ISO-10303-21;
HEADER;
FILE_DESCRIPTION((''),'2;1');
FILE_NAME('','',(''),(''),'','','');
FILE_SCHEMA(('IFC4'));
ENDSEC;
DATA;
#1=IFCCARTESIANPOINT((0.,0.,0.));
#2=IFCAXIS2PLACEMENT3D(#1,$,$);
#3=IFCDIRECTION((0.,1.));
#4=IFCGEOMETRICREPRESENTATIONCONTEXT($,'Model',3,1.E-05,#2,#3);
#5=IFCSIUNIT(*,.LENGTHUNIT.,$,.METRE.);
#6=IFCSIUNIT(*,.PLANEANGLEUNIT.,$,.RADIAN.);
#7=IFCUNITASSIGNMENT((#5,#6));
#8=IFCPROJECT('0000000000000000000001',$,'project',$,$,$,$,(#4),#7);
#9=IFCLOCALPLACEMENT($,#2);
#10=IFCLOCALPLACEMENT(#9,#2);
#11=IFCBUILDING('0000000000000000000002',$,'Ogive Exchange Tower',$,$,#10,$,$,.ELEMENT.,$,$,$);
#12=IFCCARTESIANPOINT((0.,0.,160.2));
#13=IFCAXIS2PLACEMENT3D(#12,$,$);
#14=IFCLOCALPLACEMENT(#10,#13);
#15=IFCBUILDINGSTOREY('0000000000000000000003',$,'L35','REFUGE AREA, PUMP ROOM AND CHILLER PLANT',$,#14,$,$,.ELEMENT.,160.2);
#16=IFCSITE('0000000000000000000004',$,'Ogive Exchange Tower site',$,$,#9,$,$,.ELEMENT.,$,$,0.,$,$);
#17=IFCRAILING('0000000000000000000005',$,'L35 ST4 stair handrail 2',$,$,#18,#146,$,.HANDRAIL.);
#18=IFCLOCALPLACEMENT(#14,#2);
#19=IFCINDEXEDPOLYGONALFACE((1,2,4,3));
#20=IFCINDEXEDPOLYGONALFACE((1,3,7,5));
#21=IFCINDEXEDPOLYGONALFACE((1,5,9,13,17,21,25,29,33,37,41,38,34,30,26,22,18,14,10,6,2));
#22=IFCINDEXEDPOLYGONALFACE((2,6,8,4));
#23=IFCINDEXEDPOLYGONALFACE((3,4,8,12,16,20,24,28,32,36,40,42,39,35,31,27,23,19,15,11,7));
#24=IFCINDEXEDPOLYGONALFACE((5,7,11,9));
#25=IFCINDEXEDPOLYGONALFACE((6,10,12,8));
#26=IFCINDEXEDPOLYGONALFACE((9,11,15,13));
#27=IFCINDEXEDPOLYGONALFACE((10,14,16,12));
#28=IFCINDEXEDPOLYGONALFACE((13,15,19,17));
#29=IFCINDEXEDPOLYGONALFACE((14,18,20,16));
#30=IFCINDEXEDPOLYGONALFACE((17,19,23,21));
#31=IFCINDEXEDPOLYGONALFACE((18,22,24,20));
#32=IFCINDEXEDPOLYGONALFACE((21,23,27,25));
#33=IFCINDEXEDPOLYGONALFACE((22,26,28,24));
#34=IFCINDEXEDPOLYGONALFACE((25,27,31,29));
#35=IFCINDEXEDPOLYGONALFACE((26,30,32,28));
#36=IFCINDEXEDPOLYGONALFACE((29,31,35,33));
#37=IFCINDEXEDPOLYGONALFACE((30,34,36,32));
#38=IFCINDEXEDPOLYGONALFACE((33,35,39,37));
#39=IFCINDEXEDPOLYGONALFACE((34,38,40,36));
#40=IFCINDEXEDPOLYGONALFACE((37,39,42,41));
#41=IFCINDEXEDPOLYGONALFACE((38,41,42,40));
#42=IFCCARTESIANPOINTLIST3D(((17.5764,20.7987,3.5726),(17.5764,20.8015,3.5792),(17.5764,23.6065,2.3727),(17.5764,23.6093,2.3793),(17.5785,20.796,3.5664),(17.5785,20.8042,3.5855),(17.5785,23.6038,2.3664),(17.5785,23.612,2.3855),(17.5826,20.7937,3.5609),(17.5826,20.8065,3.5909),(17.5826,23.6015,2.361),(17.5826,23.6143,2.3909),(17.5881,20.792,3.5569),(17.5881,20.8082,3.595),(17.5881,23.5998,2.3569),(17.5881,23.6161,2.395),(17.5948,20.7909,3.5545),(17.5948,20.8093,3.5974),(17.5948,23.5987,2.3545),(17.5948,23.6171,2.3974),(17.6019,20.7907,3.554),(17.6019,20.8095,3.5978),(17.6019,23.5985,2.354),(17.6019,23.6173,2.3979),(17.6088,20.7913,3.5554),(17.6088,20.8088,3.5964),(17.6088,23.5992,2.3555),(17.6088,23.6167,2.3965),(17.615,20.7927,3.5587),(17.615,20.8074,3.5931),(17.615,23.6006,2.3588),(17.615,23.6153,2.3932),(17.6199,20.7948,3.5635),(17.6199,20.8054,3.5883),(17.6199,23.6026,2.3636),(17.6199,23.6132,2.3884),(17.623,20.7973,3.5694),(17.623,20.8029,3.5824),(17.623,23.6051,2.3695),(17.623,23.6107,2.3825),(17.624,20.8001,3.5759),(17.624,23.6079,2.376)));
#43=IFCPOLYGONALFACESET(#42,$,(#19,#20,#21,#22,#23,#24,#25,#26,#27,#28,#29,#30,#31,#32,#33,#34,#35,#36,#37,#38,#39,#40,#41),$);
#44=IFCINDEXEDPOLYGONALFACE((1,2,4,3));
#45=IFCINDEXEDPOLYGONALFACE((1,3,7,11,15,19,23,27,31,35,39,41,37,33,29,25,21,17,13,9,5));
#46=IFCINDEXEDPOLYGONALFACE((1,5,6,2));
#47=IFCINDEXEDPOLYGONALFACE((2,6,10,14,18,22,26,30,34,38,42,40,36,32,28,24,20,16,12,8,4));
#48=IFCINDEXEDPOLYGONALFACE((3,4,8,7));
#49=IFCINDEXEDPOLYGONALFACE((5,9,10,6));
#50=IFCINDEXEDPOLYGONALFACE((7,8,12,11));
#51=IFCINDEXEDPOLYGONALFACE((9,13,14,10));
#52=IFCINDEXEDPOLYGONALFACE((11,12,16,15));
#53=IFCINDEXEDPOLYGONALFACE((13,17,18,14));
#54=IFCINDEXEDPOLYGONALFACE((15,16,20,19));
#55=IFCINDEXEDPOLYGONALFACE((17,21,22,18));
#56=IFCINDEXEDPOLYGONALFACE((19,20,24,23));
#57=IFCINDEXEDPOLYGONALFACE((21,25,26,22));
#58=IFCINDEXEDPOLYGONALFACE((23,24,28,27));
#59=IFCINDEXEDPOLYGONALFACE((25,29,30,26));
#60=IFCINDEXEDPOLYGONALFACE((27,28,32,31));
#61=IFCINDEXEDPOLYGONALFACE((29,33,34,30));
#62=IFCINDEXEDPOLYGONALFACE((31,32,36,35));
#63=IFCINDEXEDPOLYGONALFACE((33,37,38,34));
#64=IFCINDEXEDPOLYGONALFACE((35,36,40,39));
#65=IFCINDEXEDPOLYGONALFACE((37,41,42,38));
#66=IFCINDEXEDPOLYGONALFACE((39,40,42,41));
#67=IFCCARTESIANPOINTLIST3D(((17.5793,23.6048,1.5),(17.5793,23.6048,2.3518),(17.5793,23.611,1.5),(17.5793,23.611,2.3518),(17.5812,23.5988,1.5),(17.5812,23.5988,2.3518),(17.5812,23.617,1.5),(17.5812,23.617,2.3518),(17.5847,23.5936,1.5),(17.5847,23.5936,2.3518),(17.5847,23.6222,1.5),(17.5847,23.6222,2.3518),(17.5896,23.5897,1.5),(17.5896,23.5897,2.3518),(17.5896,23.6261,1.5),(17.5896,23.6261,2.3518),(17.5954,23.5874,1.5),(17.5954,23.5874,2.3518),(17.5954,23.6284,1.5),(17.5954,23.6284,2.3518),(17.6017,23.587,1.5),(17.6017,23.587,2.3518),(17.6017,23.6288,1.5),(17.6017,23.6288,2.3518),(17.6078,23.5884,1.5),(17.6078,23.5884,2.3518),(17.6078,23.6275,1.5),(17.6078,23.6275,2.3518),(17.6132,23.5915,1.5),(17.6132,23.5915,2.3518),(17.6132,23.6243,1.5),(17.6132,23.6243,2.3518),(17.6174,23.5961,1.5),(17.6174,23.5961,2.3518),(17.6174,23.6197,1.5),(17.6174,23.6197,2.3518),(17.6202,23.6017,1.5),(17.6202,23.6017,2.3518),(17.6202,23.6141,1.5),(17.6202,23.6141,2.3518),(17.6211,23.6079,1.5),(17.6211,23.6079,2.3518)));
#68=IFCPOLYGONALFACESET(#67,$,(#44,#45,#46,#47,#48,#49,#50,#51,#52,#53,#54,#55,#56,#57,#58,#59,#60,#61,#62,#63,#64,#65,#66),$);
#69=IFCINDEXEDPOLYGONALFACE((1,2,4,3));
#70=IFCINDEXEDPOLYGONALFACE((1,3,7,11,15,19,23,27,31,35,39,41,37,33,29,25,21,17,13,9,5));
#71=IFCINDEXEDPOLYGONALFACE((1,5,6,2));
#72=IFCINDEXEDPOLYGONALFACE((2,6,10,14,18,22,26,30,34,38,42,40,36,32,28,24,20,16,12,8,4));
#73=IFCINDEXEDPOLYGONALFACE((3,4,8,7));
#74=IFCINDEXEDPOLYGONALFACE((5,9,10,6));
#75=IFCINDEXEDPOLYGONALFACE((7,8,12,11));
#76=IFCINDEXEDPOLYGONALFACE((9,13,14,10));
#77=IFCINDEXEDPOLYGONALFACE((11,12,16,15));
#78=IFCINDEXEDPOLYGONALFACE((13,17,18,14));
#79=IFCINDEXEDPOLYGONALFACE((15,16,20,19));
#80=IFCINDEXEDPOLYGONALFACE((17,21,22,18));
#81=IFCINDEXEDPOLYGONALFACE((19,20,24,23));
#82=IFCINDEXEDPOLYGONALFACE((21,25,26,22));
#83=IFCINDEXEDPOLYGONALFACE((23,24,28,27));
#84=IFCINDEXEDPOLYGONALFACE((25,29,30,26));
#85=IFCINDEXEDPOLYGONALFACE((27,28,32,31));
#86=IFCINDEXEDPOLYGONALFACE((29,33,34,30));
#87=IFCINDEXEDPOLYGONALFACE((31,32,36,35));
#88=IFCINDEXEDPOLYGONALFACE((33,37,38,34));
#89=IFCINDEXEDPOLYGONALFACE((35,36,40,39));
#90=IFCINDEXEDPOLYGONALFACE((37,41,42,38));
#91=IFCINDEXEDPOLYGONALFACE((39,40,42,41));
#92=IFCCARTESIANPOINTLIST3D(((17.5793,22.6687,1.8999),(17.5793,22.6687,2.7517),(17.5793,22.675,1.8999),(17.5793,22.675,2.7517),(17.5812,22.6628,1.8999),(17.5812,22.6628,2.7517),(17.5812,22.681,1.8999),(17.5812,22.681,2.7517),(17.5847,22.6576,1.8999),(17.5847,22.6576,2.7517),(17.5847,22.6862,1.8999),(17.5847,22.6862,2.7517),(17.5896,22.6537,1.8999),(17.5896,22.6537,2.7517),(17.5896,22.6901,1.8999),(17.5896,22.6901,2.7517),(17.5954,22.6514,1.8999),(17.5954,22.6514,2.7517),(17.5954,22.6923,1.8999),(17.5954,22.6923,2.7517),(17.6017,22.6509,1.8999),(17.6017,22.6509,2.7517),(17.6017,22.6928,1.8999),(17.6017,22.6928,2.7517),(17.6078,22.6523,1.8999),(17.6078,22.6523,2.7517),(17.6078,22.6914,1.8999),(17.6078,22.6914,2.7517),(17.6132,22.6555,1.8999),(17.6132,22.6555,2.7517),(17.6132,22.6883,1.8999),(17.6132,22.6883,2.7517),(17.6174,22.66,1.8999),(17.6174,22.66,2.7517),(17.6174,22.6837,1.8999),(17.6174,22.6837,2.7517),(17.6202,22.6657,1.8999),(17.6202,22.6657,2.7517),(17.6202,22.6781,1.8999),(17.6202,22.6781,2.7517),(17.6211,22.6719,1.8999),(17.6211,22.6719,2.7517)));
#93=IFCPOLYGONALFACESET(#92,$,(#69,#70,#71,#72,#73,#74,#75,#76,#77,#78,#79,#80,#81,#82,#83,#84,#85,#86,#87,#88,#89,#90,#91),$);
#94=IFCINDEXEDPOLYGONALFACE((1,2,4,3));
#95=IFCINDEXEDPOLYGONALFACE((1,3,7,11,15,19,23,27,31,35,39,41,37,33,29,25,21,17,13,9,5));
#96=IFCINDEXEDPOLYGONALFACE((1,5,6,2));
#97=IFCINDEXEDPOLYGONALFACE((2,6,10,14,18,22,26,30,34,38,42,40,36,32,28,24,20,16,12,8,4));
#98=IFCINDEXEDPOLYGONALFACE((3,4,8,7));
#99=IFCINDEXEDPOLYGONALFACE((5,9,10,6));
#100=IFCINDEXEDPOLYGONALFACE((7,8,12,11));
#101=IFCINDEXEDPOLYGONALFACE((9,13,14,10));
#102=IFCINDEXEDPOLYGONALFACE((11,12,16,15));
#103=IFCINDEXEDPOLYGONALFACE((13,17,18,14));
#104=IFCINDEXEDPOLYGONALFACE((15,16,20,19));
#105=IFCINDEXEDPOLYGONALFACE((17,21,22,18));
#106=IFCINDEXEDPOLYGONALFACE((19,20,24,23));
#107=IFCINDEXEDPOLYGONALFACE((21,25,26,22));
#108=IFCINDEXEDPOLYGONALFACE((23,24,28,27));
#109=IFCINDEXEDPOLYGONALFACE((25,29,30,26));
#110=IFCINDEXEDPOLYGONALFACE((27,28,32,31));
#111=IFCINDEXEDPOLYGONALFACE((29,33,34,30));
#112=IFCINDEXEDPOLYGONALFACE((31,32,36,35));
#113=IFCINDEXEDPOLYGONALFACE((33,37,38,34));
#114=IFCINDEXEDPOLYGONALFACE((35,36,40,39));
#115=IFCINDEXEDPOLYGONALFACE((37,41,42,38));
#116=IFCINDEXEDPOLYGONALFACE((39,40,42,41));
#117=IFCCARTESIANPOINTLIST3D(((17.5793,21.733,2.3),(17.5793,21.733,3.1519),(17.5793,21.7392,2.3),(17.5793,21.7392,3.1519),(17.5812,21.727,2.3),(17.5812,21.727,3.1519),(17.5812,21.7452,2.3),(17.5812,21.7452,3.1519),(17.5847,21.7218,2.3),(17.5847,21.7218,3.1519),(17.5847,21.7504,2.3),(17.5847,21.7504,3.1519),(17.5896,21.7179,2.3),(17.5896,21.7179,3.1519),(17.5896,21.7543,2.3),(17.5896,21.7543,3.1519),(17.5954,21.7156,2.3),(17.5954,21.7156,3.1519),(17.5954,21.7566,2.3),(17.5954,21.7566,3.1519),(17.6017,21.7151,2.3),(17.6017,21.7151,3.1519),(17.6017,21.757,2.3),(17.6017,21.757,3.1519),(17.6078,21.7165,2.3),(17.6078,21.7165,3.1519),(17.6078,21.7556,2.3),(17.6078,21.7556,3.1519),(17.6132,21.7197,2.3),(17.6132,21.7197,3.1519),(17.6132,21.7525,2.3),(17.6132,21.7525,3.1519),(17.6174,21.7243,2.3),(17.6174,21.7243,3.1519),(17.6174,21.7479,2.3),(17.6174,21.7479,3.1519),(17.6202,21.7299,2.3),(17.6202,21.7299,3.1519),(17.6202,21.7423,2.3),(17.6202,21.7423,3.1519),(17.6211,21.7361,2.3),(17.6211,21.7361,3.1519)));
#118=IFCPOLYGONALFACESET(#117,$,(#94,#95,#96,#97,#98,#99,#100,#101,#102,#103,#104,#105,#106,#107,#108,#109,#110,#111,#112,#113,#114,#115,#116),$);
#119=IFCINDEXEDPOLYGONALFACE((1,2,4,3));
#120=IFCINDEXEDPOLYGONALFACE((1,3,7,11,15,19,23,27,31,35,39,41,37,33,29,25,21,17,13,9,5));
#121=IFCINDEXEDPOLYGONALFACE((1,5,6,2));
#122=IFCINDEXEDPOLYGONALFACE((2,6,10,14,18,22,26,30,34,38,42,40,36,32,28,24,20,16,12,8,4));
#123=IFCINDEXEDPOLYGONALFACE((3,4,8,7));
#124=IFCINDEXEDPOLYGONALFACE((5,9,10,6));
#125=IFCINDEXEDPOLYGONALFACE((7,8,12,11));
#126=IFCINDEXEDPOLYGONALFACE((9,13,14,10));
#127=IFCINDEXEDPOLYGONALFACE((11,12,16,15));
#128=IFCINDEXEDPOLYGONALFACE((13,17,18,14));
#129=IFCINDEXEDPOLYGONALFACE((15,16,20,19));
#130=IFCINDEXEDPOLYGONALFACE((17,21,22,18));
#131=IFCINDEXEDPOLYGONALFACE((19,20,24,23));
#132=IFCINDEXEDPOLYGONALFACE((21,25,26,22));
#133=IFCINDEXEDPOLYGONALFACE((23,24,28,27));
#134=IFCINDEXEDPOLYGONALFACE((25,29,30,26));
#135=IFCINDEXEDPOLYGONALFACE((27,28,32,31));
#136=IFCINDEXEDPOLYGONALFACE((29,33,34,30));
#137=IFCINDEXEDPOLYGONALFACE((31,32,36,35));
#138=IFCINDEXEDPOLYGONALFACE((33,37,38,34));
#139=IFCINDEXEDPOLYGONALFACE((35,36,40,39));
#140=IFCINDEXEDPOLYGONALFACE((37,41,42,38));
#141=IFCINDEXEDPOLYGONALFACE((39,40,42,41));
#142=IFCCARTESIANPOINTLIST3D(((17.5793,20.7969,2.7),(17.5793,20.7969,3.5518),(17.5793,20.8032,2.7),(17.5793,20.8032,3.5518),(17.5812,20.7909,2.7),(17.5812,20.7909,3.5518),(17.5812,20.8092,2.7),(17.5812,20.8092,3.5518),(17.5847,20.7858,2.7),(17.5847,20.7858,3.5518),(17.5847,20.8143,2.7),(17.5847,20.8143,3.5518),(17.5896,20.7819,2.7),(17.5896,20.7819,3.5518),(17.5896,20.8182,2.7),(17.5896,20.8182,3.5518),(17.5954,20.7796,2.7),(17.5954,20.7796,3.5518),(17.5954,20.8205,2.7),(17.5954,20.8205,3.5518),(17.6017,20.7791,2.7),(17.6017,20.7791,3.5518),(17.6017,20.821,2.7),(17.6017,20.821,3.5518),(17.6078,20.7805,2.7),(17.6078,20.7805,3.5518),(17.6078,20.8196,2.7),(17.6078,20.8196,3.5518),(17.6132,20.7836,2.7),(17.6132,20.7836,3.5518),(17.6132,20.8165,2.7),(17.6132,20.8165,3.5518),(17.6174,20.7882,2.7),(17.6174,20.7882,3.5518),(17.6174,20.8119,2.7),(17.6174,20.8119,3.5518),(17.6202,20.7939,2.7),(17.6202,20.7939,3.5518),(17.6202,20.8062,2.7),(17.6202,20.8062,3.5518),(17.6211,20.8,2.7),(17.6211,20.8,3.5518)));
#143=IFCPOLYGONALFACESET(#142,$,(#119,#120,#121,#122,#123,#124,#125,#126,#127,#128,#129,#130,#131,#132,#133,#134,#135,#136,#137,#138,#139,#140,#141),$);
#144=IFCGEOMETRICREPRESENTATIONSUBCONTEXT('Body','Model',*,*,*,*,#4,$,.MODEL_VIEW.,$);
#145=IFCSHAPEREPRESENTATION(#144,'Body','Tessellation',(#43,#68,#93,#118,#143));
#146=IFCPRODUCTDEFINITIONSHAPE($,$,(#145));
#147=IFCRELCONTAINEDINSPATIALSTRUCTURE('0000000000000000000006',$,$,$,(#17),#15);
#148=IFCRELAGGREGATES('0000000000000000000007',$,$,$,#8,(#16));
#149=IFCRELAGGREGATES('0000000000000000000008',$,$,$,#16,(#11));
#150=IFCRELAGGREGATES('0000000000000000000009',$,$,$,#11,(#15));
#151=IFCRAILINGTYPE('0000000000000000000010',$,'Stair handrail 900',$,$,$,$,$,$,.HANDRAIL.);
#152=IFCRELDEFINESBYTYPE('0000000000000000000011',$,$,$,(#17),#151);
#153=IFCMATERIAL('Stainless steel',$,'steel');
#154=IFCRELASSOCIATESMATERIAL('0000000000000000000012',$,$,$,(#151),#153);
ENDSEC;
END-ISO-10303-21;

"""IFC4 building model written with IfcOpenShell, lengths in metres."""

from ifc_helpers import new_model, si_unit, direction, frame, origin, origin_2d, place, context, subcontext, project, spatial, circle, extrude, material, type_object, element, save


model = new_model("IFC4")

# Units and contexts
model_context = context("Model", 3, precision=1e-05, world=origin(), true_north=direction((0.0, 1.0)))
body_context = subcontext(model_context, "Body", "Model", "MODEL_VIEW")
ifc_project = project(units=[si_unit("LENGTHUNIT", "METRE"), si_unit("PLANEANGLEUNIT", "RADIAN")], contexts=[model_context])

# Site, building, storey
site_placement = place(None, origin())
site = spatial("IfcSite", under=ifc_project, at=site_placement, Name="Ogive Exchange Tower site", CompositionType="ELEMENT", RefElevation=0.0)
building_placement = place(site_placement, origin())
building = spatial("IfcBuilding", under=site, at=building_placement, Name="Ogive Exchange Tower", CompositionType="ELEMENT")
storey_placement = place(building_placement, frame((0.0, 0.0, 160.2)))
storey = spatial("IfcBuildingStorey", under=building, at=storey_placement, Name="L35", Description="REFUGE AREA, PUMP ROOM AND CHILLER PLANT", CompositionType="ELEMENT", Elevation=160.2)

# Railing
ifc_material_1 = material(Name="Stainless steel", Category="steel")
railing_type = type_object("IfcRailingType", Name="Stair handrail 900", PredefinedType="HANDRAIL", material=ifc_material_1)
railing_1_placement = place(storey_placement, frame((17.6001, 23.6079, 1.5)))
element("IfcRailing", 1, at=railing_1_placement, inside=storey, type_object=railing_type, Name="L35 ST4 stair handrail 2", PredefinedType="HANDRAIL", context=body_context, shape_type="SweptSolid", body=[
    extrude(circle(Radius=0.0239, at=origin_2d()), frame((0.0, 0.0, 0.876), z_axis=(0.0, -0.91955, 0.392973), x_axis=(1.0, 0.0, 0.0)), (0.0, 0.0, 1.0), 3.0535),
    extrude(circle(Radius=0.021, at=origin_2d()), origin(), (0.0, 0.0, 1.0), 0.8518),
    extrude(circle(Radius=0.021, at=origin_2d()), frame((0.0, -0.936, 0.3999)), (0.0, 0.0, 1.0), 0.8518),
    extrude(circle(Radius=0.021, at=origin_2d()), frame((0.0, -1.8718, 0.8)), (0.0, 0.0, 1.0), 0.8518),
    extrude(circle(Radius=0.021, at=origin_2d()), frame((0.0, -2.8079, 1.2)), (0.0, 0.0, 1.0), 0.8518),
])

save(model, "model.ifc")
